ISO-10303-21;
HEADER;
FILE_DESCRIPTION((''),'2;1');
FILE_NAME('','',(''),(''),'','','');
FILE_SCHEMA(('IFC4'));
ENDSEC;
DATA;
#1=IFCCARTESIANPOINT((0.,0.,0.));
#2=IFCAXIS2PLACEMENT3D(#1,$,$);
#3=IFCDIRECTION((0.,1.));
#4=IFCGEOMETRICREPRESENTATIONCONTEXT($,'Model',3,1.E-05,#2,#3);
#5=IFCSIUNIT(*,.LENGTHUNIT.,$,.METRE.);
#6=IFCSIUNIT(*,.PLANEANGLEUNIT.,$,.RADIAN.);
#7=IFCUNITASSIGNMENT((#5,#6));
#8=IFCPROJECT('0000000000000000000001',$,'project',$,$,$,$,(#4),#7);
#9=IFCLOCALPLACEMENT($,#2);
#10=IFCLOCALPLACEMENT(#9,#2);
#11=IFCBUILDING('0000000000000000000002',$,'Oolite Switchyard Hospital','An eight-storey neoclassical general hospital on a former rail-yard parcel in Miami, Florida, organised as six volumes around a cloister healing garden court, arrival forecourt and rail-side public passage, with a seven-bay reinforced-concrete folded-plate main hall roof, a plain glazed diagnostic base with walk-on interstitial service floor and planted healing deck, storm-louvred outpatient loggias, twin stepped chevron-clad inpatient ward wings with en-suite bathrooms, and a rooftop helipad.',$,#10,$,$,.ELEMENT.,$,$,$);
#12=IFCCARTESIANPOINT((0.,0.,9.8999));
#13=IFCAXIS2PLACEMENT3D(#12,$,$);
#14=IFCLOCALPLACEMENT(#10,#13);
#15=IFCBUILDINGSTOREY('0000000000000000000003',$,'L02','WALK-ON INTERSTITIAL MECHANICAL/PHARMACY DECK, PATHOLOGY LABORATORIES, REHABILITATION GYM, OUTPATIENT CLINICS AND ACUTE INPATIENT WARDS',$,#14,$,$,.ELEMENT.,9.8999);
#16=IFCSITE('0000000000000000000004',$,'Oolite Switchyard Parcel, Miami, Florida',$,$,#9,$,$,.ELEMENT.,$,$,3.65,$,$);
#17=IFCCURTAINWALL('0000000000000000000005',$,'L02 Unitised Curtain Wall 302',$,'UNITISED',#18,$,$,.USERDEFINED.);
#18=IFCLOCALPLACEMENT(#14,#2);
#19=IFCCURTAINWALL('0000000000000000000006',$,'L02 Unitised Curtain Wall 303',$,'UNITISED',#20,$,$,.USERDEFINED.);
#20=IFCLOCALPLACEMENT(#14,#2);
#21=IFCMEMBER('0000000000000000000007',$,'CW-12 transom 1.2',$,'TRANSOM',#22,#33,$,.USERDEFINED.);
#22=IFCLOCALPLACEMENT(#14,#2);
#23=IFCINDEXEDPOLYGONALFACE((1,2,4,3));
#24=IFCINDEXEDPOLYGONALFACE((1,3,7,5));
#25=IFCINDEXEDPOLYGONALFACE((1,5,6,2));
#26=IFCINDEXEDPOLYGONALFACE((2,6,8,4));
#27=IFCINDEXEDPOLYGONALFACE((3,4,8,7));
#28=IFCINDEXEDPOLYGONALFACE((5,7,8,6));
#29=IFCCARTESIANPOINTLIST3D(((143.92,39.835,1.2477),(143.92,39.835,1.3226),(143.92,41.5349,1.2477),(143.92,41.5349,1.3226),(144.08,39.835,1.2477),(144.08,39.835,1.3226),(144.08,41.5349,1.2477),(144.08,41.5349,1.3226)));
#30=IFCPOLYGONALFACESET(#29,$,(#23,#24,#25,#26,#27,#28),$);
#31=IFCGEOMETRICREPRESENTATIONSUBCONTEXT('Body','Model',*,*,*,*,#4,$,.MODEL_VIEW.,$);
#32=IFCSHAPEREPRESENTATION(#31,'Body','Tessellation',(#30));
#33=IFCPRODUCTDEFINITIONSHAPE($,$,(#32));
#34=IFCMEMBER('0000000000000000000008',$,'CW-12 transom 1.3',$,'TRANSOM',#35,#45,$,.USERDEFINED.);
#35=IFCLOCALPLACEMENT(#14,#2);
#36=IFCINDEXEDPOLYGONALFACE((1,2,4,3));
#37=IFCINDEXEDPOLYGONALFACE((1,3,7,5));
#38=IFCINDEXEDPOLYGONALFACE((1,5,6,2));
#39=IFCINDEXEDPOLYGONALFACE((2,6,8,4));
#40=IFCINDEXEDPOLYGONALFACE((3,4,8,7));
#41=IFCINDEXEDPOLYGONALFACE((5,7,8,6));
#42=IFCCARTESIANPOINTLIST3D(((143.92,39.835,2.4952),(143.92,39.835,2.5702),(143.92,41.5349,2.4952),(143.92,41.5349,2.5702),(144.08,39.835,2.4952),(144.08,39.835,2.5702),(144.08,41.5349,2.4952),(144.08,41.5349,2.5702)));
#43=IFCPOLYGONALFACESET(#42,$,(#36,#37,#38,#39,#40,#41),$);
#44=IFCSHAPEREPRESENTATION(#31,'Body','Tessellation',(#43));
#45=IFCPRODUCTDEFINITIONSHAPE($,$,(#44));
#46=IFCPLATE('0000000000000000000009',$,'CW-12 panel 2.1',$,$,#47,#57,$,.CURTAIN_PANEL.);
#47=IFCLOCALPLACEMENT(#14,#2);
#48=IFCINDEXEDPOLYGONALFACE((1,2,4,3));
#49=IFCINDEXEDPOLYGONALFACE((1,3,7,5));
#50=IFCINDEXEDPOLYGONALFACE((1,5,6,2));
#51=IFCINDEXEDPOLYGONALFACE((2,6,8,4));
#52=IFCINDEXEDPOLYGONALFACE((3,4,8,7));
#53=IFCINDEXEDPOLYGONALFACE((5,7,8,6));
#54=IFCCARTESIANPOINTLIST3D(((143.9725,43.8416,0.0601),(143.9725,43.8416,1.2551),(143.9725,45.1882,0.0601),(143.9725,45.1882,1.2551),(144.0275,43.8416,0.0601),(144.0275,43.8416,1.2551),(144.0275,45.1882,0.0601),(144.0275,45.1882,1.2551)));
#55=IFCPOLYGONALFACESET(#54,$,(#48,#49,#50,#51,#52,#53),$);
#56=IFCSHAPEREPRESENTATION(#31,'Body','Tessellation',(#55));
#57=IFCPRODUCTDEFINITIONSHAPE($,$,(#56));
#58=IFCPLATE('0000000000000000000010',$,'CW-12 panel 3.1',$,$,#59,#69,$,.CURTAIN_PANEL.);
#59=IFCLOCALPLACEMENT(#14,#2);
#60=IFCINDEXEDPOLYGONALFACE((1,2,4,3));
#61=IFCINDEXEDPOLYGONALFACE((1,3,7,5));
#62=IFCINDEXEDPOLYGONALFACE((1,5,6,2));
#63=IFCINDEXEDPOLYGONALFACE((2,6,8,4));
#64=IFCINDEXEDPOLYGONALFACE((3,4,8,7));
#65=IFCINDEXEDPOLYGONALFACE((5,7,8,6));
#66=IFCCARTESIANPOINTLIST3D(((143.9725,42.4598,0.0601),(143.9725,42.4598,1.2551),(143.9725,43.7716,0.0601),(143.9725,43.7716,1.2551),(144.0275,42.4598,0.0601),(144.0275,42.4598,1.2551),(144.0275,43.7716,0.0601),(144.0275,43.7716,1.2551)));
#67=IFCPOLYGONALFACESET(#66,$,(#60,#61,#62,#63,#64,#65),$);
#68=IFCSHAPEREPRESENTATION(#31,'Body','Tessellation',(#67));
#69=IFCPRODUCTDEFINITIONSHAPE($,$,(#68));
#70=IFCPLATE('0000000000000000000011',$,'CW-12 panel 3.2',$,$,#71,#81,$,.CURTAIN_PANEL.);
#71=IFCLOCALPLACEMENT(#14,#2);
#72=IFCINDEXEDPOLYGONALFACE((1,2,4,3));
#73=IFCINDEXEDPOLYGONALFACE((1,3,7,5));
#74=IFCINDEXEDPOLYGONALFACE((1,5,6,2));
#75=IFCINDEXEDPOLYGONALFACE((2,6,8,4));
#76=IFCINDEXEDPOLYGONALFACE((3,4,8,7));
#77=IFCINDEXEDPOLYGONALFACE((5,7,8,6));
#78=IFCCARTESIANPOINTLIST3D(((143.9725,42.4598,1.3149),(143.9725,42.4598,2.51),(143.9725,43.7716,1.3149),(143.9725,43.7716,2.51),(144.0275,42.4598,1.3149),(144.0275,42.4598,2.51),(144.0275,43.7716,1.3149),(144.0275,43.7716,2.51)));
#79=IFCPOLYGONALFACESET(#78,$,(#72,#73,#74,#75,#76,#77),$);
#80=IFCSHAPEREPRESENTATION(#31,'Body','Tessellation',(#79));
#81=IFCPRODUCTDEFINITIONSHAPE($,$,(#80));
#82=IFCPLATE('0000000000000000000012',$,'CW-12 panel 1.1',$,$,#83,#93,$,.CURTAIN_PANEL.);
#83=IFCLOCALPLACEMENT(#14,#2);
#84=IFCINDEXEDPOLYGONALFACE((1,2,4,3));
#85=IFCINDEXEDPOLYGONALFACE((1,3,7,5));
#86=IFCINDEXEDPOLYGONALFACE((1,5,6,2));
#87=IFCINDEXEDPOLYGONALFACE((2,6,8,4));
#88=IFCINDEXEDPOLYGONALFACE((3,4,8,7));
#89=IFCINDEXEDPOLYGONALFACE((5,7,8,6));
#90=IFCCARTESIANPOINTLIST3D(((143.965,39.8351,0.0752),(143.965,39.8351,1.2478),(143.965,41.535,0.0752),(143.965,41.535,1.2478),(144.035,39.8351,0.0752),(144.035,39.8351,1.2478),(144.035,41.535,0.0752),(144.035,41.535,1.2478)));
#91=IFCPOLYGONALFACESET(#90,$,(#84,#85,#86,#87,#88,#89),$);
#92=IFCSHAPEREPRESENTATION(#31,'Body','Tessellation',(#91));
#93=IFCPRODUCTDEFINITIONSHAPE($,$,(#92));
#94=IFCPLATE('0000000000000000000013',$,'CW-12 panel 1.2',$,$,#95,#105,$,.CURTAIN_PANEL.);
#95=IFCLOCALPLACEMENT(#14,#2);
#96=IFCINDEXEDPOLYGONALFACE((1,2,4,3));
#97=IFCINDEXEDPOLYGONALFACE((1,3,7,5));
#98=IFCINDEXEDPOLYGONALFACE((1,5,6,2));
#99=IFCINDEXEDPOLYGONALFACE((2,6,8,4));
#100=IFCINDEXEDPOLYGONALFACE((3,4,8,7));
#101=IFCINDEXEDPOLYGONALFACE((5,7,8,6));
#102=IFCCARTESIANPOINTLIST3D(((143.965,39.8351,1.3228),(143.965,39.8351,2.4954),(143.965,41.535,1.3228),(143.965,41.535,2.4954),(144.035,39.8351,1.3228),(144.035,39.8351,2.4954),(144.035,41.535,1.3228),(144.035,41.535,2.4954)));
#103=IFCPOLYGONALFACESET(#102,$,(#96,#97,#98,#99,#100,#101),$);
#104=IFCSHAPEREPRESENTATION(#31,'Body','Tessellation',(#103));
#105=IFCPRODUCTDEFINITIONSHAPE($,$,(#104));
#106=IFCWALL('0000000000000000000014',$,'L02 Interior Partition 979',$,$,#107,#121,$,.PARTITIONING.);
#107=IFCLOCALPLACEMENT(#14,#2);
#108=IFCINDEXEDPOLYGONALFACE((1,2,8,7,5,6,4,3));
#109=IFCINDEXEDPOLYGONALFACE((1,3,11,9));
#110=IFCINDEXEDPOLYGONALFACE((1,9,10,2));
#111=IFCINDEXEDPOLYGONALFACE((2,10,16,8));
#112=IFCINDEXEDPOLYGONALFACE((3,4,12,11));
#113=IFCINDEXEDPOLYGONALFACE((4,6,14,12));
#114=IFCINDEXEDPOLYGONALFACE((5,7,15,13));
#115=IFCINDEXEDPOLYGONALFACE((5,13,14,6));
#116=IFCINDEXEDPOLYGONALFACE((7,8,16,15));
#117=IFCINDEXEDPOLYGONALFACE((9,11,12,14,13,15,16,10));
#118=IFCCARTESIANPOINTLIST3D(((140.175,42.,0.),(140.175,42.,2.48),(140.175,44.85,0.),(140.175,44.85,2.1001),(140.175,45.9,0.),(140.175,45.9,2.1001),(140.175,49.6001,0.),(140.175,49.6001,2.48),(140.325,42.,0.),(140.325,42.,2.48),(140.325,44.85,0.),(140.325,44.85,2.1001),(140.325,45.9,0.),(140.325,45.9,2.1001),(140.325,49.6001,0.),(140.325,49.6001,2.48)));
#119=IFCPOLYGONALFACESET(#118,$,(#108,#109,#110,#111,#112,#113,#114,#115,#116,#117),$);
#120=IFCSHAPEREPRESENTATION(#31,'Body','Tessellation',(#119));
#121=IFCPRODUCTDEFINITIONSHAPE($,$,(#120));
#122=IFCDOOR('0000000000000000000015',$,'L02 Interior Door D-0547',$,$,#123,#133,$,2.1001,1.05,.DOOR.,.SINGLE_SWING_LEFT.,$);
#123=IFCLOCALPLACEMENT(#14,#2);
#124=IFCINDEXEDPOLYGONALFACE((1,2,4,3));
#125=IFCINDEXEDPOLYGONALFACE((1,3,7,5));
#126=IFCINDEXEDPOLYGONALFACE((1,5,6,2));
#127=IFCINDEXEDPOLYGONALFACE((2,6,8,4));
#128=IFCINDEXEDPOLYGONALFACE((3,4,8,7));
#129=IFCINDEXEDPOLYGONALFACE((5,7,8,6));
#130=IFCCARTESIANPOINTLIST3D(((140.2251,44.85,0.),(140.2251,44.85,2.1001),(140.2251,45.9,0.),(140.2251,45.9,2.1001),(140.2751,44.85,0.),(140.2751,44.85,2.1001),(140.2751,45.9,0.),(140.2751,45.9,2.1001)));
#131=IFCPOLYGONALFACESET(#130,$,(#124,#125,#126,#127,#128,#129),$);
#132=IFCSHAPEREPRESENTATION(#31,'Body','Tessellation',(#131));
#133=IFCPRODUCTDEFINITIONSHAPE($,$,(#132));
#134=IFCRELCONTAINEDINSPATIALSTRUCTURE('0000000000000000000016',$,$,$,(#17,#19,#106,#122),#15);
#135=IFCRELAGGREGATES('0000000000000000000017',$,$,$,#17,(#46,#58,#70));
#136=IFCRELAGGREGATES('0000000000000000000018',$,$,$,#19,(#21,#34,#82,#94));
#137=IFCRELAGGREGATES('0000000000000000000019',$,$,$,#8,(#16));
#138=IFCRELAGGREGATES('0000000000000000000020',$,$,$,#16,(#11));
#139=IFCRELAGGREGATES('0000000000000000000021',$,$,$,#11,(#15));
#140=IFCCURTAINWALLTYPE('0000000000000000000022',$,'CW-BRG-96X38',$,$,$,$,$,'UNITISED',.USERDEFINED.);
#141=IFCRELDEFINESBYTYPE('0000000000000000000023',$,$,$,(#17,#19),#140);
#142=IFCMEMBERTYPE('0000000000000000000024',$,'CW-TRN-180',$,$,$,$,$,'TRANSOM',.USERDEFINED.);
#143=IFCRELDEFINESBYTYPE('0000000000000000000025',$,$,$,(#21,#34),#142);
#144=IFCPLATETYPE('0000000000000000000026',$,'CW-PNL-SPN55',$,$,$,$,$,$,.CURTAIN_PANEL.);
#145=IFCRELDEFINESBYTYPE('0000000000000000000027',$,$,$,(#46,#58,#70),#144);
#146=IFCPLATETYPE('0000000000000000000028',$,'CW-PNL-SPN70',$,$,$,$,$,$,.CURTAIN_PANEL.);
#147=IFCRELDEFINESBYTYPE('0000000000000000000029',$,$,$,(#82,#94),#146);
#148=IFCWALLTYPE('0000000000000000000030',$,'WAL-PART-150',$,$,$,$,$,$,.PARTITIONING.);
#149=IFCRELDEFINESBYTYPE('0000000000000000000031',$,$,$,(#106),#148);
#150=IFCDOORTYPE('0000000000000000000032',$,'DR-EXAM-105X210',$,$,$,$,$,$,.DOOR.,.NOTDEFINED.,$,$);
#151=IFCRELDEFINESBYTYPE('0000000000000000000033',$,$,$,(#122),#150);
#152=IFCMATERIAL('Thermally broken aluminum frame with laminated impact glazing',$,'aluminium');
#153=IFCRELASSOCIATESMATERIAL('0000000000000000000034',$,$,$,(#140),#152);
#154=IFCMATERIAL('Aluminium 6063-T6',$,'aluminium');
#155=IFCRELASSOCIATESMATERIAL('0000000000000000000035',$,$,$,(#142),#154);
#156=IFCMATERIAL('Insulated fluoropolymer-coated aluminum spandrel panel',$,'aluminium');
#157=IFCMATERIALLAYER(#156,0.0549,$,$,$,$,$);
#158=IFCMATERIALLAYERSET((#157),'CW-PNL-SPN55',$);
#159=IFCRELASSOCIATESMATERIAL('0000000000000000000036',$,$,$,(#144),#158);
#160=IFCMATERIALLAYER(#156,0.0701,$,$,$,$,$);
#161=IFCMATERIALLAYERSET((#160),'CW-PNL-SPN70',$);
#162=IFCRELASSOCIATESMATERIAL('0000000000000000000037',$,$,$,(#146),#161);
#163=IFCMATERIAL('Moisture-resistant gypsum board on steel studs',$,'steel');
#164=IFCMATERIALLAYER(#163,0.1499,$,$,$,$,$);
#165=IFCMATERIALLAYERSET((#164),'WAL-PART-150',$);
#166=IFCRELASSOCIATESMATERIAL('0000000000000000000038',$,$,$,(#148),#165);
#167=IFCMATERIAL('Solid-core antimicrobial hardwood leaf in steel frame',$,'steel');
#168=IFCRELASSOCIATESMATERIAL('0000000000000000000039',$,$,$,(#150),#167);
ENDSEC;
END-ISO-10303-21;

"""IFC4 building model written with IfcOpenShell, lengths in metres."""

from ifc_helpers import new_model, si_unit, direction, frame, frame_2d, origin, origin_2d, place, context, subcontext, project, spatial, rectangle, extrude, material, layer, layer_set, material_profile, profile_set, type_object, element, fill, aggregate, save


model = new_model("IFC4")

# Units and contexts
model_context = context("Model", 3, precision=1e-05, world=origin(), true_north=direction((0.0, 1.0)))
body_context = subcontext(model_context, "Body", "Model", "MODEL_VIEW")
ifc_project = project(units=[si_unit("LENGTHUNIT", "METRE"), si_unit("PLANEANGLEUNIT", "RADIAN")], contexts=[model_context])

# Site, building, storey
site_placement = place(None, origin())
site = spatial("IfcSite", under=ifc_project, at=site_placement, Name="Oolite Switchyard Parcel, Miami, Florida", CompositionType="ELEMENT", RefElevation=3.65)
building_placement = place(site_placement, origin())
building = spatial("IfcBuilding", under=site, at=building_placement, Name="Oolite Switchyard Hospital", Description="An eight-storey neoclassical general hospital on a former rail-yard parcel in Miami, Florida, organised as six volumes around a cloister healing garden court, arrival forecourt and rail-side public passage, with a seven-bay reinforced-concrete folded-plate main hall roof, a plain glazed diagnostic base with walk-on interstitial service floor and planted healing deck, storm-louvred outpatient loggias, twin stepped chevron-clad inpatient ward wings with en-suite bathrooms, and a rooftop helipad.", CompositionType="ELEMENT")
storey_placement = place(building_placement, frame((0.0, 0.0, 9.8999)))
storey = spatial("IfcBuildingStorey", under=building, at=storey_placement, Name="L02", Description="WALK-ON INTERSTITIAL MECHANICAL/PHARMACY DECK, PATHOLOGY LABORATORIES, REHABILITATION GYM, OUTPATIENT CLINICS AND ACUTE INPATIENT WARDS", CompositionType="ELEMENT", Elevation=9.8999)

# Curtain walls
ifc_material_1 = material(Name="Thermally broken aluminum frame with laminated impact glazing", Category="aluminium")
curtain_wall_type = type_object("IfcCurtainWallType", Name="CW-BRG-96X38", ElementType="UNITISED", PredefinedType="USERDEFINED", material=ifc_material_1)
curtain_wall_1_placement = place(storey_placement, origin())
curtain_wall_1 = element("IfcCurtainWall", 1, at=curtain_wall_1_placement, inside=storey, type_object=curtain_wall_type, Name="L02 Unitised Curtain Wall 302", ObjectType="UNITISED", PredefinedType="USERDEFINED")
ifc_material_2 = material(Name="Aluminium 6063-T6", Category="aluminium")
curtain_wall_2_placement = place(storey_placement, origin())
curtain_wall_2 = element("IfcCurtainWall", 2, at=curtain_wall_2_placement, inside=storey, type_object=curtain_wall_type, Name="L02 Unitised Curtain Wall 303", ObjectType="UNITISED", PredefinedType="USERDEFINED")

# Members
ifc_material_profile_1 = material_profile(ifc_material_2, rectangle(XDim=0.1599, YDim=0.075, at=origin_2d()), Name="CWT75X160")
ifc_profile_set_1 = profile_set([ifc_material_profile_1], Name="Aluminium 6063-T6")
member_type_1 = type_object("IfcMemberType", Name="CW-TRN-180", ElementType="TRANSOM", PredefinedType="USERDEFINED", material=ifc_profile_set_1)
member_1_placement = place(storey_placement, frame((144.0, 41.5349, 1.2852), z_axis=(0.0, -1.0, 0.0), x_axis=(1.0, 0.0, 0.0)))
member_1 = element("IfcMember", 3, at=member_1_placement, type_object=member_type_1, Name="CW-12 transom 1.2", ObjectType="TRANSOM", PredefinedType="USERDEFINED", context=body_context, shape_type="SweptSolid", body=[
    extrude(rectangle(XDim=0.1599, YDim=0.075, at=origin_2d()), origin(), (0.0, 0.0, 1.0), 1.7),
])
member_2_placement = place(storey_placement, frame((144.0, 41.5349, 2.5327), z_axis=(0.0, -1.0, 0.0), x_axis=(1.0, 0.0, 0.0)))
member_2 = element("IfcMember", 4, at=member_2_placement, type_object=member_type_1, Name="CW-12 transom 1.3", ObjectType="TRANSOM", PredefinedType="USERDEFINED", context=body_context, shape_type="SweptSolid", body=[
    extrude(rectangle(XDim=0.1599, YDim=0.075, at=origin_2d()), origin(), (0.0, 0.0, 1.0), 1.7),
])

# Plates
ifc_material_3 = material(Name="Insulated fluoropolymer-coated aluminum spandrel panel", Category="aluminium")
ifc_layer_1 = layer(ifc_material_3, 0.0549)
ifc_layer_set_1 = layer_set([ifc_layer_1], Name="CW-PNL-SPN55")
plate_type_1 = type_object("IfcPlateType", Name="CW-PNL-SPN55", PredefinedType="CURTAIN_PANEL", material=ifc_layer_set_1)
plate_1_placement = place(storey_placement, frame((144.0, 44.5149, 0.0601), z_axis=(0.0, 0.0, 1.0), x_axis=(0.0, -1.0, 0.0)))
plate_1 = element("IfcPlate", 5, at=plate_1_placement, type_object=plate_type_1, Name="CW-12 panel 2.1", PredefinedType="CURTAIN_PANEL", context=body_context, shape_type="SweptSolid", body=[
    extrude(rectangle(XDim=1.3467, YDim=0.0549, at=origin_2d()), origin(), (0.0, 0.0, 1.0), 1.1951),
])
plate_2_placement = place(storey_placement, frame((144.0, 43.1157, 0.0601), z_axis=(0.0, 0.0, 1.0), x_axis=(0.0, -1.0, 0.0)))
plate_2 = element("IfcPlate", 6, at=plate_2_placement, type_object=plate_type_1, Name="CW-12 panel 3.1", PredefinedType="CURTAIN_PANEL", context=body_context, shape_type="SweptSolid", body=[
    extrude(rectangle(XDim=1.3118, YDim=0.0549, at=origin_2d()), origin(), (0.0, 0.0, 1.0), 1.1951),
])
plate_3_placement = place(storey_placement, frame((144.0, 43.1157, 1.3149), z_axis=(0.0, 0.0, 1.0), x_axis=(0.0, -1.0, 0.0)))
plate_3 = element("IfcPlate", 7, at=plate_3_placement, type_object=plate_type_1, Name="CW-12 panel 3.2", PredefinedType="CURTAIN_PANEL", context=body_context, shape_type="SweptSolid", body=[
    extrude(rectangle(XDim=1.3118, YDim=0.0549, at=origin_2d()), origin(), (0.0, 0.0, 1.0), 1.1951),
])
aggregate(curtain_wall_1, [plate_1, plate_2, plate_3])
ifc_layer_2 = layer(ifc_material_3, 0.0701)
ifc_layer_set_2 = layer_set([ifc_layer_2], Name="CW-PNL-SPN70")
plate_type_2 = type_object("IfcPlateType", Name="CW-PNL-SPN70", PredefinedType="CURTAIN_PANEL", material=ifc_layer_set_2)
plate_4_placement = place(storey_placement, frame((144.0, 40.6851, 0.0752), z_axis=(0.0, 0.0, 1.0), x_axis=(0.0, -1.0, 0.0)))
plate_4 = element("IfcPlate", 8, at=plate_4_placement, type_object=plate_type_2, Name="CW-12 panel 1.1", PredefinedType="CURTAIN_PANEL", context=body_context, shape_type="SweptSolid", body=[
    extrude(rectangle(XDim=1.7, YDim=0.0701, at=origin_2d()), origin(), (0.0, 0.0, 1.0), 1.1726),
])
plate_5_placement = place(storey_placement, frame((144.0, 40.6851, 1.3228), z_axis=(0.0, 0.0, 1.0), x_axis=(0.0, -1.0, 0.0)))
plate_5 = element("IfcPlate", 9, at=plate_5_placement, type_object=plate_type_2, Name="CW-12 panel 1.2", PredefinedType="CURTAIN_PANEL", context=body_context, shape_type="SweptSolid", body=[
    extrude(rectangle(XDim=1.7, YDim=0.0701, at=origin_2d()), origin(), (0.0, 0.0, 1.0), 1.1726),
])
aggregate(curtain_wall_2, [member_1, member_2, plate_4, plate_5])

# Wall, opening, door
ifc_material_4 = material(Name="Moisture-resistant gypsum board on steel studs", Category="steel")
ifc_layer_3 = layer(ifc_material_4, 0.1499)
ifc_layer_set_3 = layer_set([ifc_layer_3], Name="WAL-PART-150")
wall_type = type_object("IfcWallType", Name="WAL-PART-150", PredefinedType="PARTITIONING", material=ifc_layer_set_3)
wall_placement = place(storey_placement, frame((140.25, 42.0, 0.0), z_axis=(0.0, 0.0, 1.0), x_axis=(0.0, 1.0, 0.0)))
wall = element("IfcWall", 10, at=wall_placement, inside=storey, type_object=wall_type, Name="L02 Interior Partition 979", PredefinedType="PARTITIONING", context=body_context, shape_type="SweptSolid", body=[
    extrude(rectangle(XDim=7.6001, YDim=0.1499, at=frame_2d((3.8, 0.0))), origin(), (0.0, 0.0, 1.0), 2.48),
])
opening_placement = place(wall_placement, frame((2.8501, 0.0, 0.0)))
opening = element("IfcOpeningElement", 11, at=opening_placement, cuts=wall, PredefinedType="OPENING", context=body_context, shape_type="SweptSolid", body=[
    extrude(rectangle(XDim=1.05, YDim=2.1001, at=frame_2d((0.5249, 1.05))), frame((0.0, 0.085, 0.0), z_axis=(0.0, -1.0, 0.0), x_axis=(1.0, 0.0, 0.0)), (0.0, 0.0, 1.0), 0.1699),
])
ifc_material_5 = material(Name="Solid-core antimicrobial hardwood leaf in steel frame", Category="steel")
door_type = type_object("IfcDoorType", Name="DR-EXAM-105X210", OperationType="NOTDEFINED", PredefinedType="DOOR", material=ifc_material_5)
door_placement = place(opening_placement, origin())
door = element("IfcDoor", 12, at=door_placement, inside=storey, type_object=door_type, Name="L02 Interior Door D-0547", OperationType="SINGLE_SWING_LEFT", OverallHeight=2.1001, OverallWidth=1.05, PredefinedType="DOOR", context=body_context, shape_type="SweptSolid", body=[
    extrude(rectangle(XDim=1.05, YDim=2.1001, at=frame_2d((0.5249, 1.05))), frame((0.0, 0.0249, 0.0), z_axis=(0.0, -1.0, 0.0), x_axis=(1.0, 0.0, 0.0)), (0.0, 0.0, 1.0), 0.05),
])
fill(opening, door)

save(model, "model.ifc")
